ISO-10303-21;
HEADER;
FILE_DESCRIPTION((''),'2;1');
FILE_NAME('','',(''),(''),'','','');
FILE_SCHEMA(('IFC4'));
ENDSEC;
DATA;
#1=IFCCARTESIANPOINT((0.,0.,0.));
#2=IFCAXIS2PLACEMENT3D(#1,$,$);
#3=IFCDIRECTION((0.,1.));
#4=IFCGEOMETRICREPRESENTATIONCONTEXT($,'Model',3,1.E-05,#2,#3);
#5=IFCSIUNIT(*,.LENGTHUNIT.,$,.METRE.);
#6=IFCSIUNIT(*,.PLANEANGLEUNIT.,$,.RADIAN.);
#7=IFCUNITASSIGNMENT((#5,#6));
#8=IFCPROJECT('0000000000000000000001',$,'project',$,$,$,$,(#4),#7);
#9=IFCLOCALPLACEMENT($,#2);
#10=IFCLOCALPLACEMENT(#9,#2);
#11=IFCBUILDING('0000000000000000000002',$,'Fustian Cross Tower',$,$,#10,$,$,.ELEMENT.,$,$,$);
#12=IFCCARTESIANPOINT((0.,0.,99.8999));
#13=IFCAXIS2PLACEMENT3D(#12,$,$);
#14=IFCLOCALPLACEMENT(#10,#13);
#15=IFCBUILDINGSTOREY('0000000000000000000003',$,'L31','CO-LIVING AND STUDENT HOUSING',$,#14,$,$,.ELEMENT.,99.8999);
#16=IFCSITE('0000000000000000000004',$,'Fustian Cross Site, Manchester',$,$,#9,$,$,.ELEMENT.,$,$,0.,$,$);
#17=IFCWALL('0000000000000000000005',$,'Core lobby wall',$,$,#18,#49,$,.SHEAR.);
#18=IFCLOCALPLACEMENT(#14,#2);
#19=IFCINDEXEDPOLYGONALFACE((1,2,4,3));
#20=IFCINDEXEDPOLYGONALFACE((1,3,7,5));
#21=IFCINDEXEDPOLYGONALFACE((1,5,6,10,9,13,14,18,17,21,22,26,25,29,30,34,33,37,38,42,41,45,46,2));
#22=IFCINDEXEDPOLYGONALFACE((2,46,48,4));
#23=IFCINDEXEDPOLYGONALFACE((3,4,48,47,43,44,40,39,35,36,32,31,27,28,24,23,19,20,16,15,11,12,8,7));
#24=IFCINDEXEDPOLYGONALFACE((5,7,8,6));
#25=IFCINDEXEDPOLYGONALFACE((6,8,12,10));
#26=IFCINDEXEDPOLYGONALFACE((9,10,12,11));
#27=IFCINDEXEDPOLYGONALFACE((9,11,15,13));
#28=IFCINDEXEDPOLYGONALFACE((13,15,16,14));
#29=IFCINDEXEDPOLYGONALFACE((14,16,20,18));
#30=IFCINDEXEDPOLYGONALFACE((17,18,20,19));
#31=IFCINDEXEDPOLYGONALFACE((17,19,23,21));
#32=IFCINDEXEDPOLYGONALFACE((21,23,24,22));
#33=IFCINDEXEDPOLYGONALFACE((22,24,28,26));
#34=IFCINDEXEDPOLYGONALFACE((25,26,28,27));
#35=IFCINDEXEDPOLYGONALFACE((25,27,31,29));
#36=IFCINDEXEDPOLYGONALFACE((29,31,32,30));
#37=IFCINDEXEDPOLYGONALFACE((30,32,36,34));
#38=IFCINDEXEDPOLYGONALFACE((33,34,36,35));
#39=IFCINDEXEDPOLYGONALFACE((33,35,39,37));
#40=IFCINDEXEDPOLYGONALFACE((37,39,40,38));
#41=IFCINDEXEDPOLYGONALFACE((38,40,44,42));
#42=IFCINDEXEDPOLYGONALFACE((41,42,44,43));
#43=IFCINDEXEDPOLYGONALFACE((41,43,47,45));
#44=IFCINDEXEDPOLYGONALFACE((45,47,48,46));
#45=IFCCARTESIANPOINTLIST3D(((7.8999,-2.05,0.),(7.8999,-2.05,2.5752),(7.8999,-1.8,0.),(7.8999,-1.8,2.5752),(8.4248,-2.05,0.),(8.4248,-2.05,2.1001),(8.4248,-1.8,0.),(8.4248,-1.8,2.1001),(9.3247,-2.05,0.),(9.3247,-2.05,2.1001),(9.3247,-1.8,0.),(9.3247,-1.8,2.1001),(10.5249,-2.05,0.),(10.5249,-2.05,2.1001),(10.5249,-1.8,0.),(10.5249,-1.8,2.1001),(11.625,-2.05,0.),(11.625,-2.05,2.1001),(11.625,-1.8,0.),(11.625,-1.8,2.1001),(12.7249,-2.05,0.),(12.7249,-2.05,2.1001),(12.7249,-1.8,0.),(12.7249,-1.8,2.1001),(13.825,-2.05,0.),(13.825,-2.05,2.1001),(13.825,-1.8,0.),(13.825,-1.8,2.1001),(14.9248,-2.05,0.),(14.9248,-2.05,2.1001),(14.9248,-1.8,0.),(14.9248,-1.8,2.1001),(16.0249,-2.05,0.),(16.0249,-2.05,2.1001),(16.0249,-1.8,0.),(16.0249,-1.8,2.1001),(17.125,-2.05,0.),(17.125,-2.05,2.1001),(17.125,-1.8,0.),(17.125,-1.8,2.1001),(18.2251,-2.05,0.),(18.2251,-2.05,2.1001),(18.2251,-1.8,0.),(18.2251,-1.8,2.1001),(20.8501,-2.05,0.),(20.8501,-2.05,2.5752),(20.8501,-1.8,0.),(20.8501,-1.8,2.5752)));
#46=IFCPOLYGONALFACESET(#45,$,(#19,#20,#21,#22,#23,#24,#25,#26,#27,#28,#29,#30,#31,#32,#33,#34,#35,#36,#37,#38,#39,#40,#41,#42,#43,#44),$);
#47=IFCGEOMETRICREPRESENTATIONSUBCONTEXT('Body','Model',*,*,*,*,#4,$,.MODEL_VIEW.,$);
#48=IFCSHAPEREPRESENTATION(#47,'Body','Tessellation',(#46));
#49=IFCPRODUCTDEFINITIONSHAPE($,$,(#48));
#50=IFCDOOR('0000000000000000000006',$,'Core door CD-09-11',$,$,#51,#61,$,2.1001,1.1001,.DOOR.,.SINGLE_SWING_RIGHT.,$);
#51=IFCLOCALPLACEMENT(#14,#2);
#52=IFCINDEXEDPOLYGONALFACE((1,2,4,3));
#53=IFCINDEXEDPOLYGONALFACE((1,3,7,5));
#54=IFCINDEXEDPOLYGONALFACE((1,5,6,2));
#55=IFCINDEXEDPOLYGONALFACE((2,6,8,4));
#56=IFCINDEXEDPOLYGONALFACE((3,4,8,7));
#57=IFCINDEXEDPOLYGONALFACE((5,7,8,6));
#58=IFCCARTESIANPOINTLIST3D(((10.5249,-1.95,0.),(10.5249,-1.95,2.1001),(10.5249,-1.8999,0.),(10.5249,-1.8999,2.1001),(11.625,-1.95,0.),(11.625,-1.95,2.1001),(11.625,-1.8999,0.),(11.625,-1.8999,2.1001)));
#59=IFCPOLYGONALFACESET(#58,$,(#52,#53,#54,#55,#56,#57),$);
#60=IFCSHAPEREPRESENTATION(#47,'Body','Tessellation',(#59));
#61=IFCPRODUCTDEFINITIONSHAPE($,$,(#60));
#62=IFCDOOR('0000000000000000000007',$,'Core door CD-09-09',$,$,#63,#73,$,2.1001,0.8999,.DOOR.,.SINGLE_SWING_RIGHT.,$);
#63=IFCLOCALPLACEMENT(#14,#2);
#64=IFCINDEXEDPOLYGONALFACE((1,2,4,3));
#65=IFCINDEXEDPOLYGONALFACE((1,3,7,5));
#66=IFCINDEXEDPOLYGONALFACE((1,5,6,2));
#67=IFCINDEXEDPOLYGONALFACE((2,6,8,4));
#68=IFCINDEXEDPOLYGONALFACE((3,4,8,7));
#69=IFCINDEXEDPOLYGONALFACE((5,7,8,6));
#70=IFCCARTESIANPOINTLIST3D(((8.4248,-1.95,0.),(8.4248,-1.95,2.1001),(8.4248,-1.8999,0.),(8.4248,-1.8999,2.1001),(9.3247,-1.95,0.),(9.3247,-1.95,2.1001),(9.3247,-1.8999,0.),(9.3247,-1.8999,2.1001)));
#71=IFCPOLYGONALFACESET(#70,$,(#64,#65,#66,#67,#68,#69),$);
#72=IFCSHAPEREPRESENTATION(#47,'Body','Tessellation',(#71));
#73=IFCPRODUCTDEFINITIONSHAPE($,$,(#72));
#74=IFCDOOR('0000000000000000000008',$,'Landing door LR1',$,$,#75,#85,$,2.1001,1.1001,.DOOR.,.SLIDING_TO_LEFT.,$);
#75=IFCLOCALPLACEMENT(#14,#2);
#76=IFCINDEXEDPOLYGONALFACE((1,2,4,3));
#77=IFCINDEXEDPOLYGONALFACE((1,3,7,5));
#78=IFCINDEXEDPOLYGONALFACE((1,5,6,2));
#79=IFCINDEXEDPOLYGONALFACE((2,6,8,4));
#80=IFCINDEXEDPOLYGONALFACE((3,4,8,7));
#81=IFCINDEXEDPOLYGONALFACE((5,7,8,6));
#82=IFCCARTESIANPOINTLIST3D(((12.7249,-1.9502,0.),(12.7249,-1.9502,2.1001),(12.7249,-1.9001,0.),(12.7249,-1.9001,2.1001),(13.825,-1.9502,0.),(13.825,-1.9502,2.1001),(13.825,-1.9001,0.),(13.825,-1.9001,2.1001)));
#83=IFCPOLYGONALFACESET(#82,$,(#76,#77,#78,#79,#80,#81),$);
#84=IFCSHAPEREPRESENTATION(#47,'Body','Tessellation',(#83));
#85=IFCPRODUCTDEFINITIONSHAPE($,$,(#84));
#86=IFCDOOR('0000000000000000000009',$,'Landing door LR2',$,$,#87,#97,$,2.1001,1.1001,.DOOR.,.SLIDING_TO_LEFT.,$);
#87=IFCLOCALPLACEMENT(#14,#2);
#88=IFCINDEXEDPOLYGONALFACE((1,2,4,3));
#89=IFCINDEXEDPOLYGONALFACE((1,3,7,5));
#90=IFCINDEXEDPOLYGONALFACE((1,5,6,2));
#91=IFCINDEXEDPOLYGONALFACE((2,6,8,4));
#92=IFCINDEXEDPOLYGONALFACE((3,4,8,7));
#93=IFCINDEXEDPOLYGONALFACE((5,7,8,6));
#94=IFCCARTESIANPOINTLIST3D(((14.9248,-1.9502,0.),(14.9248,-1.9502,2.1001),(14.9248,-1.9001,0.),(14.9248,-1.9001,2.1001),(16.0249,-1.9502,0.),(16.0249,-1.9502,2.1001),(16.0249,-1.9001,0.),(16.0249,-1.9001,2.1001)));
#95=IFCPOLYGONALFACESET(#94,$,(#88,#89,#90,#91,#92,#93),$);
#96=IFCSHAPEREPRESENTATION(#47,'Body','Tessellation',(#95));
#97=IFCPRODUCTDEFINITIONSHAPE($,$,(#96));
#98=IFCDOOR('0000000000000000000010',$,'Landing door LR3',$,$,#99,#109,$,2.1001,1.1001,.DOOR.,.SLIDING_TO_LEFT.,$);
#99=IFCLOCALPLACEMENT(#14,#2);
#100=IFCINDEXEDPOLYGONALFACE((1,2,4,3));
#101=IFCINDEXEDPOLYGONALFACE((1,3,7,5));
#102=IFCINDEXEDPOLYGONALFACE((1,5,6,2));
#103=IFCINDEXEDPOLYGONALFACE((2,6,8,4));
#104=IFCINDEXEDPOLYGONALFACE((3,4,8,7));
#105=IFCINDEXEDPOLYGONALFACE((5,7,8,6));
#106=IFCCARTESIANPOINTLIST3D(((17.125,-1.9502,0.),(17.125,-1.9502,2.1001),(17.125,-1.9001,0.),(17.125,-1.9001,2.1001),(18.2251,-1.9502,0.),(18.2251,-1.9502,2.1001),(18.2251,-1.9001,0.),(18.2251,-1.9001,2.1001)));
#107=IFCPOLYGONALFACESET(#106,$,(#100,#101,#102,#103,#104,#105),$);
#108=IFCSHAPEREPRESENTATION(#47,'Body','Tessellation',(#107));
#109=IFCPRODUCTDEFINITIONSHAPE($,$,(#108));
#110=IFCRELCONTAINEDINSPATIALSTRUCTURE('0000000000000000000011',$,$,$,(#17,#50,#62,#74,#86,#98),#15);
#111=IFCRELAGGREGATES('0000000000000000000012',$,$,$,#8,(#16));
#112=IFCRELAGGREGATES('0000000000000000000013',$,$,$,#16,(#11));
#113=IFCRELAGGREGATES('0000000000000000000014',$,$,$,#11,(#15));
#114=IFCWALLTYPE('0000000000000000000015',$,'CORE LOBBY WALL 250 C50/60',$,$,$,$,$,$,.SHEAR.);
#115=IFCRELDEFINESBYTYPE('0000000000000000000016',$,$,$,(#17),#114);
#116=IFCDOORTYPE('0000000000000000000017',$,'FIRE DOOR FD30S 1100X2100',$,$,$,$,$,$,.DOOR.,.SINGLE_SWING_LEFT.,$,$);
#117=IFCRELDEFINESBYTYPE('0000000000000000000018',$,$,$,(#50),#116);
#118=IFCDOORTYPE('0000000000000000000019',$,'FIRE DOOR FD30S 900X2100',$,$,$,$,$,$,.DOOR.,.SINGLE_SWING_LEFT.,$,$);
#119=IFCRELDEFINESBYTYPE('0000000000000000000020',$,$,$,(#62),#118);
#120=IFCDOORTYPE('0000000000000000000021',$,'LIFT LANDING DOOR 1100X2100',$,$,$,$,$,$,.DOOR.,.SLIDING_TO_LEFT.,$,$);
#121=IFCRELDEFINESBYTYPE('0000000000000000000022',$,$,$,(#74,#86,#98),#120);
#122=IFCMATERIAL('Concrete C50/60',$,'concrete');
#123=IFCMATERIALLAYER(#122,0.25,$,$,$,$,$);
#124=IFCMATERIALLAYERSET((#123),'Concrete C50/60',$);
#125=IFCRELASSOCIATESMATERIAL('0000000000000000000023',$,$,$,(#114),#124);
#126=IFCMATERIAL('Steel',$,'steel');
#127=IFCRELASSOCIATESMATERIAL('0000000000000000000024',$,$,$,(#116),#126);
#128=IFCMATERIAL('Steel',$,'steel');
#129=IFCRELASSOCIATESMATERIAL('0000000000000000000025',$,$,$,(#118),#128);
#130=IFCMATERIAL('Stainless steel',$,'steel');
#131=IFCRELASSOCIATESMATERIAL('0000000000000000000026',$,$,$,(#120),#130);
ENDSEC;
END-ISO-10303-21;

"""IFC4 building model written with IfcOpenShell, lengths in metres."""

from ifc_helpers import new_model, si_unit, direction, frame, frame_2d, origin, place, context, subcontext, project, spatial, rectangle, extrude, material, layer, layer_set, type_object, element, fill, save


model = new_model("IFC4")

# Units and contexts
model_context = context("Model", 3, precision=1e-05, world=origin(), true_north=direction((0.0, 1.0)))
body_context = subcontext(model_context, "Body", "Model", "MODEL_VIEW")
ifc_project = project(units=[si_unit("LENGTHUNIT", "METRE"), si_unit("PLANEANGLEUNIT", "RADIAN")], contexts=[model_context])

# Site, building, storey
site_placement = place(None, origin())
site = spatial("IfcSite", under=ifc_project, at=site_placement, Name="Fustian Cross Site, Manchester", CompositionType="ELEMENT", RefElevation=0.0)
building_placement = place(site_placement, origin())
building = spatial("IfcBuilding", under=site, at=building_placement, Name="Fustian Cross Tower", CompositionType="ELEMENT")
storey_placement = place(building_placement, frame((0.0, 0.0, 99.8999)))
storey = spatial("IfcBuildingStorey", under=building, at=storey_placement, Name="L31", Description="CO-LIVING AND STUDENT HOUSING", CompositionType="ELEMENT", Elevation=99.8999)

# Wall, openings, doors
ifc_material_1 = material(Name="Concrete C50/60", Category="concrete")
ifc_layer_1 = layer(ifc_material_1, 0.25)
ifc_layer_set_1 = layer_set([ifc_layer_1], Name="Concrete C50/60")
wall_type_1 = type_object("IfcWallType", Name="CORE LOBBY WALL 250 C50/60", PredefinedType="SHEAR", material=ifc_layer_set_1)
wall_1_placement = place(storey_placement, frame((7.8999, -1.925, 0.0), z_axis=(0.0, 0.0, 1.0), x_axis=(1.0, 0.0, 0.0)))
wall_1 = element("IfcWall", 1, at=wall_1_placement, inside=storey, type_object=wall_type_1, Name="Core lobby wall", PredefinedType="SHEAR", context=body_context, shape_type="SweptSolid", body=[
    extrude(rectangle(XDim=12.9502, YDim=0.25, at=frame_2d((6.4751, 0.0))), origin(), (0.0, 0.0, 1.0), 2.5752),
])
opening_1_placement = place(wall_1_placement, frame((4.825, 0.0, 0.0)))
opening_1 = element("IfcOpeningElement", 2, at=opening_1_placement, cuts=wall_1, PredefinedType="OPENING", context=body_context, shape_type="SweptSolid", body=[
    extrude(rectangle(XDim=1.1001, YDim=2.1001, at=frame_2d((0.55, 1.05))), frame((0.0, 0.135, 0.0), z_axis=(0.0, -1.0, 0.0), x_axis=(1.0, 0.0, 0.0)), (0.0, 0.0, 1.0), 0.27),
])
opening_2_placement = place(wall_1_placement, frame((7.0249, 0.0, 0.0)))
opening_2 = element("IfcOpeningElement", 3, at=opening_2_placement, cuts=wall_1, PredefinedType="OPENING", context=body_context, shape_type="SweptSolid", body=[
    extrude(rectangle(XDim=1.1001, YDim=2.1001, at=frame_2d((0.55, 1.05))), frame((0.0, 0.135, 0.0), z_axis=(0.0, -1.0, 0.0), x_axis=(1.0, 0.0, 0.0)), (0.0, 0.0, 1.0), 0.27),
])
opening_3_placement = place(wall_1_placement, frame((9.2251, 0.0, 0.0)))
opening_3 = element("IfcOpeningElement", 4, at=opening_3_placement, cuts=wall_1, PredefinedType="OPENING", context=body_context, shape_type="SweptSolid", body=[
    extrude(rectangle(XDim=1.1001, YDim=2.1001, at=frame_2d((0.55, 1.05))), frame((0.0, 0.135, 0.0), z_axis=(0.0, -1.0, 0.0), x_axis=(1.0, 0.0, 0.0)), (0.0, 0.0, 1.0), 0.27),
])
opening_4_placement = place(wall_1_placement, frame((0.5249, 0.0, 0.0)))
opening_4 = element("IfcOpeningElement", 5, at=opening_4_placement, cuts=wall_1, PredefinedType="OPENING", context=body_context, shape_type="SweptSolid", body=[
    extrude(rectangle(XDim=0.8999, YDim=2.1001, at=frame_2d((0.45, 1.05))), frame((0.0, 0.135, 0.0), z_axis=(0.0, -1.0, 0.0), x_axis=(1.0, 0.0, 0.0)), (0.0, 0.0, 1.0), 0.27),
])
opening_5_placement = place(wall_1_placement, frame((2.625, 0.0, 0.0)))
opening_5 = element("IfcOpeningElement", 6, at=opening_5_placement, cuts=wall_1, PredefinedType="OPENING", context=body_context, shape_type="SweptSolid", body=[
    extrude(rectangle(XDim=1.1001, YDim=2.1001, at=frame_2d((0.55, 1.05))), frame((0.0, 0.135, 0.0), z_axis=(0.0, -1.0, 0.0), x_axis=(1.0, 0.0, 0.0)), (0.0, 0.0, 1.0), 0.27),
])
ifc_material_2 = material(Name="Steel", Category="steel")
door_type_1 = type_object("IfcDoorType", Name="FIRE DOOR FD30S 1100X2100", OperationType="SINGLE_SWING_LEFT", PredefinedType="DOOR", material=ifc_material_2)
door_1_placement = place(opening_5_placement, frame((1.1001, 0.0, 0.0), z_axis=(0.0, 0.0, 1.0), x_axis=(-1.0, 0.0, 0.0)))
door_1 = element("IfcDoor", 7, at=door_1_placement, inside=storey, type_object=door_type_1, Name="Core door CD-09-11", OperationType="SINGLE_SWING_RIGHT", OverallHeight=2.1001, OverallWidth=1.1001, PredefinedType="DOOR", context=body_context, shape_type="SweptSolid", body=[
    extrude(rectangle(XDim=1.1001, YDim=2.1001, at=frame_2d((0.55, 1.05))), frame((0.0, 0.0249, 0.0), z_axis=(0.0, -1.0, 0.0), x_axis=(1.0, 0.0, 0.0)), (0.0, 0.0, 1.0), 0.05),
])
fill(opening_5, door_1)
ifc_material_3 = material(Name="Steel", Category="steel")
door_type_2 = type_object("IfcDoorType", Name="FIRE DOOR FD30S 900X2100", OperationType="SINGLE_SWING_LEFT", PredefinedType="DOOR", material=ifc_material_3)
door_2_placement = place(opening_4_placement, frame((0.8999, 0.0, 0.0), z_axis=(0.0, 0.0, 1.0), x_axis=(-1.0, 0.0, 0.0)))
door_2 = element("IfcDoor", 8, at=door_2_placement, inside=storey, type_object=door_type_2, Name="Core door CD-09-09", OperationType="SINGLE_SWING_RIGHT", OverallHeight=2.1001, OverallWidth=0.8999, PredefinedType="DOOR", context=body_context, shape_type="SweptSolid", body=[
    extrude(rectangle(XDim=0.8999, YDim=2.1001, at=frame_2d((0.45, 1.05))), frame((0.0, 0.0249, 0.0), z_axis=(0.0, -1.0, 0.0), x_axis=(1.0, 0.0, 0.0)), (0.0, 0.0, 1.0), 0.05),
])
fill(opening_4, door_2)
ifc_material_4 = material(Name="Stainless steel", Category="steel")
door_type_3 = type_object("IfcDoorType", Name="LIFT LANDING DOOR 1100X2100", OperationType="SLIDING_TO_LEFT", PredefinedType="DOOR", material=ifc_material_4)
door_3_placement = place(opening_1_placement, origin())
door_3 = element("IfcDoor", 9, at=door_3_placement, inside=storey, type_object=door_type_3, Name="Landing door LR1", OperationType="SLIDING_TO_LEFT", OverallHeight=2.1001, OverallWidth=1.1001, PredefinedType="DOOR", context=body_context, shape_type="SweptSolid", body=[
    extrude(rectangle(XDim=1.1001, YDim=2.1001, at=frame_2d((0.55, 1.05))), frame((0.0, 0.0249, 0.0), z_axis=(0.0, -1.0, 0.0), x_axis=(1.0, 0.0, 0.0)), (0.0, 0.0, 1.0), 0.05),
])
fill(opening_1, door_3)
door_4_placement = place(opening_2_placement, origin())
door_4 = element("IfcDoor", 10, at=door_4_placement, inside=storey, type_object=door_type_3, Name="Landing door LR2", OperationType="SLIDING_TO_LEFT", OverallHeight=2.1001, OverallWidth=1.1001, PredefinedType="DOOR", context=body_context, shape_type="SweptSolid", body=[
    extrude(rectangle(XDim=1.1001, YDim=2.1001, at=frame_2d((0.55, 1.05))), frame((0.0, 0.0249, 0.0), z_axis=(0.0, -1.0, 0.0), x_axis=(1.0, 0.0, 0.0)), (0.0, 0.0, 1.0), 0.05),
])
fill(opening_2, door_4)
door_5_placement = place(opening_3_placement, origin())
door_5 = element("IfcDoor", 11, at=door_5_placement, inside=storey, type_object=door_type_3, Name="Landing door LR3", OperationType="SLIDING_TO_LEFT", OverallHeight=2.1001, OverallWidth=1.1001, PredefinedType="DOOR", context=body_context, shape_type="SweptSolid", body=[
    extrude(rectangle(XDim=1.1001, YDim=2.1001, at=frame_2d((0.55, 1.05))), frame((0.0, 0.0249, 0.0), z_axis=(0.0, -1.0, 0.0), x_axis=(1.0, 0.0, 0.0)), (0.0, 0.0, 1.0), 0.05),
])
fill(opening_3, door_5)

save(model, "model.ifc")
